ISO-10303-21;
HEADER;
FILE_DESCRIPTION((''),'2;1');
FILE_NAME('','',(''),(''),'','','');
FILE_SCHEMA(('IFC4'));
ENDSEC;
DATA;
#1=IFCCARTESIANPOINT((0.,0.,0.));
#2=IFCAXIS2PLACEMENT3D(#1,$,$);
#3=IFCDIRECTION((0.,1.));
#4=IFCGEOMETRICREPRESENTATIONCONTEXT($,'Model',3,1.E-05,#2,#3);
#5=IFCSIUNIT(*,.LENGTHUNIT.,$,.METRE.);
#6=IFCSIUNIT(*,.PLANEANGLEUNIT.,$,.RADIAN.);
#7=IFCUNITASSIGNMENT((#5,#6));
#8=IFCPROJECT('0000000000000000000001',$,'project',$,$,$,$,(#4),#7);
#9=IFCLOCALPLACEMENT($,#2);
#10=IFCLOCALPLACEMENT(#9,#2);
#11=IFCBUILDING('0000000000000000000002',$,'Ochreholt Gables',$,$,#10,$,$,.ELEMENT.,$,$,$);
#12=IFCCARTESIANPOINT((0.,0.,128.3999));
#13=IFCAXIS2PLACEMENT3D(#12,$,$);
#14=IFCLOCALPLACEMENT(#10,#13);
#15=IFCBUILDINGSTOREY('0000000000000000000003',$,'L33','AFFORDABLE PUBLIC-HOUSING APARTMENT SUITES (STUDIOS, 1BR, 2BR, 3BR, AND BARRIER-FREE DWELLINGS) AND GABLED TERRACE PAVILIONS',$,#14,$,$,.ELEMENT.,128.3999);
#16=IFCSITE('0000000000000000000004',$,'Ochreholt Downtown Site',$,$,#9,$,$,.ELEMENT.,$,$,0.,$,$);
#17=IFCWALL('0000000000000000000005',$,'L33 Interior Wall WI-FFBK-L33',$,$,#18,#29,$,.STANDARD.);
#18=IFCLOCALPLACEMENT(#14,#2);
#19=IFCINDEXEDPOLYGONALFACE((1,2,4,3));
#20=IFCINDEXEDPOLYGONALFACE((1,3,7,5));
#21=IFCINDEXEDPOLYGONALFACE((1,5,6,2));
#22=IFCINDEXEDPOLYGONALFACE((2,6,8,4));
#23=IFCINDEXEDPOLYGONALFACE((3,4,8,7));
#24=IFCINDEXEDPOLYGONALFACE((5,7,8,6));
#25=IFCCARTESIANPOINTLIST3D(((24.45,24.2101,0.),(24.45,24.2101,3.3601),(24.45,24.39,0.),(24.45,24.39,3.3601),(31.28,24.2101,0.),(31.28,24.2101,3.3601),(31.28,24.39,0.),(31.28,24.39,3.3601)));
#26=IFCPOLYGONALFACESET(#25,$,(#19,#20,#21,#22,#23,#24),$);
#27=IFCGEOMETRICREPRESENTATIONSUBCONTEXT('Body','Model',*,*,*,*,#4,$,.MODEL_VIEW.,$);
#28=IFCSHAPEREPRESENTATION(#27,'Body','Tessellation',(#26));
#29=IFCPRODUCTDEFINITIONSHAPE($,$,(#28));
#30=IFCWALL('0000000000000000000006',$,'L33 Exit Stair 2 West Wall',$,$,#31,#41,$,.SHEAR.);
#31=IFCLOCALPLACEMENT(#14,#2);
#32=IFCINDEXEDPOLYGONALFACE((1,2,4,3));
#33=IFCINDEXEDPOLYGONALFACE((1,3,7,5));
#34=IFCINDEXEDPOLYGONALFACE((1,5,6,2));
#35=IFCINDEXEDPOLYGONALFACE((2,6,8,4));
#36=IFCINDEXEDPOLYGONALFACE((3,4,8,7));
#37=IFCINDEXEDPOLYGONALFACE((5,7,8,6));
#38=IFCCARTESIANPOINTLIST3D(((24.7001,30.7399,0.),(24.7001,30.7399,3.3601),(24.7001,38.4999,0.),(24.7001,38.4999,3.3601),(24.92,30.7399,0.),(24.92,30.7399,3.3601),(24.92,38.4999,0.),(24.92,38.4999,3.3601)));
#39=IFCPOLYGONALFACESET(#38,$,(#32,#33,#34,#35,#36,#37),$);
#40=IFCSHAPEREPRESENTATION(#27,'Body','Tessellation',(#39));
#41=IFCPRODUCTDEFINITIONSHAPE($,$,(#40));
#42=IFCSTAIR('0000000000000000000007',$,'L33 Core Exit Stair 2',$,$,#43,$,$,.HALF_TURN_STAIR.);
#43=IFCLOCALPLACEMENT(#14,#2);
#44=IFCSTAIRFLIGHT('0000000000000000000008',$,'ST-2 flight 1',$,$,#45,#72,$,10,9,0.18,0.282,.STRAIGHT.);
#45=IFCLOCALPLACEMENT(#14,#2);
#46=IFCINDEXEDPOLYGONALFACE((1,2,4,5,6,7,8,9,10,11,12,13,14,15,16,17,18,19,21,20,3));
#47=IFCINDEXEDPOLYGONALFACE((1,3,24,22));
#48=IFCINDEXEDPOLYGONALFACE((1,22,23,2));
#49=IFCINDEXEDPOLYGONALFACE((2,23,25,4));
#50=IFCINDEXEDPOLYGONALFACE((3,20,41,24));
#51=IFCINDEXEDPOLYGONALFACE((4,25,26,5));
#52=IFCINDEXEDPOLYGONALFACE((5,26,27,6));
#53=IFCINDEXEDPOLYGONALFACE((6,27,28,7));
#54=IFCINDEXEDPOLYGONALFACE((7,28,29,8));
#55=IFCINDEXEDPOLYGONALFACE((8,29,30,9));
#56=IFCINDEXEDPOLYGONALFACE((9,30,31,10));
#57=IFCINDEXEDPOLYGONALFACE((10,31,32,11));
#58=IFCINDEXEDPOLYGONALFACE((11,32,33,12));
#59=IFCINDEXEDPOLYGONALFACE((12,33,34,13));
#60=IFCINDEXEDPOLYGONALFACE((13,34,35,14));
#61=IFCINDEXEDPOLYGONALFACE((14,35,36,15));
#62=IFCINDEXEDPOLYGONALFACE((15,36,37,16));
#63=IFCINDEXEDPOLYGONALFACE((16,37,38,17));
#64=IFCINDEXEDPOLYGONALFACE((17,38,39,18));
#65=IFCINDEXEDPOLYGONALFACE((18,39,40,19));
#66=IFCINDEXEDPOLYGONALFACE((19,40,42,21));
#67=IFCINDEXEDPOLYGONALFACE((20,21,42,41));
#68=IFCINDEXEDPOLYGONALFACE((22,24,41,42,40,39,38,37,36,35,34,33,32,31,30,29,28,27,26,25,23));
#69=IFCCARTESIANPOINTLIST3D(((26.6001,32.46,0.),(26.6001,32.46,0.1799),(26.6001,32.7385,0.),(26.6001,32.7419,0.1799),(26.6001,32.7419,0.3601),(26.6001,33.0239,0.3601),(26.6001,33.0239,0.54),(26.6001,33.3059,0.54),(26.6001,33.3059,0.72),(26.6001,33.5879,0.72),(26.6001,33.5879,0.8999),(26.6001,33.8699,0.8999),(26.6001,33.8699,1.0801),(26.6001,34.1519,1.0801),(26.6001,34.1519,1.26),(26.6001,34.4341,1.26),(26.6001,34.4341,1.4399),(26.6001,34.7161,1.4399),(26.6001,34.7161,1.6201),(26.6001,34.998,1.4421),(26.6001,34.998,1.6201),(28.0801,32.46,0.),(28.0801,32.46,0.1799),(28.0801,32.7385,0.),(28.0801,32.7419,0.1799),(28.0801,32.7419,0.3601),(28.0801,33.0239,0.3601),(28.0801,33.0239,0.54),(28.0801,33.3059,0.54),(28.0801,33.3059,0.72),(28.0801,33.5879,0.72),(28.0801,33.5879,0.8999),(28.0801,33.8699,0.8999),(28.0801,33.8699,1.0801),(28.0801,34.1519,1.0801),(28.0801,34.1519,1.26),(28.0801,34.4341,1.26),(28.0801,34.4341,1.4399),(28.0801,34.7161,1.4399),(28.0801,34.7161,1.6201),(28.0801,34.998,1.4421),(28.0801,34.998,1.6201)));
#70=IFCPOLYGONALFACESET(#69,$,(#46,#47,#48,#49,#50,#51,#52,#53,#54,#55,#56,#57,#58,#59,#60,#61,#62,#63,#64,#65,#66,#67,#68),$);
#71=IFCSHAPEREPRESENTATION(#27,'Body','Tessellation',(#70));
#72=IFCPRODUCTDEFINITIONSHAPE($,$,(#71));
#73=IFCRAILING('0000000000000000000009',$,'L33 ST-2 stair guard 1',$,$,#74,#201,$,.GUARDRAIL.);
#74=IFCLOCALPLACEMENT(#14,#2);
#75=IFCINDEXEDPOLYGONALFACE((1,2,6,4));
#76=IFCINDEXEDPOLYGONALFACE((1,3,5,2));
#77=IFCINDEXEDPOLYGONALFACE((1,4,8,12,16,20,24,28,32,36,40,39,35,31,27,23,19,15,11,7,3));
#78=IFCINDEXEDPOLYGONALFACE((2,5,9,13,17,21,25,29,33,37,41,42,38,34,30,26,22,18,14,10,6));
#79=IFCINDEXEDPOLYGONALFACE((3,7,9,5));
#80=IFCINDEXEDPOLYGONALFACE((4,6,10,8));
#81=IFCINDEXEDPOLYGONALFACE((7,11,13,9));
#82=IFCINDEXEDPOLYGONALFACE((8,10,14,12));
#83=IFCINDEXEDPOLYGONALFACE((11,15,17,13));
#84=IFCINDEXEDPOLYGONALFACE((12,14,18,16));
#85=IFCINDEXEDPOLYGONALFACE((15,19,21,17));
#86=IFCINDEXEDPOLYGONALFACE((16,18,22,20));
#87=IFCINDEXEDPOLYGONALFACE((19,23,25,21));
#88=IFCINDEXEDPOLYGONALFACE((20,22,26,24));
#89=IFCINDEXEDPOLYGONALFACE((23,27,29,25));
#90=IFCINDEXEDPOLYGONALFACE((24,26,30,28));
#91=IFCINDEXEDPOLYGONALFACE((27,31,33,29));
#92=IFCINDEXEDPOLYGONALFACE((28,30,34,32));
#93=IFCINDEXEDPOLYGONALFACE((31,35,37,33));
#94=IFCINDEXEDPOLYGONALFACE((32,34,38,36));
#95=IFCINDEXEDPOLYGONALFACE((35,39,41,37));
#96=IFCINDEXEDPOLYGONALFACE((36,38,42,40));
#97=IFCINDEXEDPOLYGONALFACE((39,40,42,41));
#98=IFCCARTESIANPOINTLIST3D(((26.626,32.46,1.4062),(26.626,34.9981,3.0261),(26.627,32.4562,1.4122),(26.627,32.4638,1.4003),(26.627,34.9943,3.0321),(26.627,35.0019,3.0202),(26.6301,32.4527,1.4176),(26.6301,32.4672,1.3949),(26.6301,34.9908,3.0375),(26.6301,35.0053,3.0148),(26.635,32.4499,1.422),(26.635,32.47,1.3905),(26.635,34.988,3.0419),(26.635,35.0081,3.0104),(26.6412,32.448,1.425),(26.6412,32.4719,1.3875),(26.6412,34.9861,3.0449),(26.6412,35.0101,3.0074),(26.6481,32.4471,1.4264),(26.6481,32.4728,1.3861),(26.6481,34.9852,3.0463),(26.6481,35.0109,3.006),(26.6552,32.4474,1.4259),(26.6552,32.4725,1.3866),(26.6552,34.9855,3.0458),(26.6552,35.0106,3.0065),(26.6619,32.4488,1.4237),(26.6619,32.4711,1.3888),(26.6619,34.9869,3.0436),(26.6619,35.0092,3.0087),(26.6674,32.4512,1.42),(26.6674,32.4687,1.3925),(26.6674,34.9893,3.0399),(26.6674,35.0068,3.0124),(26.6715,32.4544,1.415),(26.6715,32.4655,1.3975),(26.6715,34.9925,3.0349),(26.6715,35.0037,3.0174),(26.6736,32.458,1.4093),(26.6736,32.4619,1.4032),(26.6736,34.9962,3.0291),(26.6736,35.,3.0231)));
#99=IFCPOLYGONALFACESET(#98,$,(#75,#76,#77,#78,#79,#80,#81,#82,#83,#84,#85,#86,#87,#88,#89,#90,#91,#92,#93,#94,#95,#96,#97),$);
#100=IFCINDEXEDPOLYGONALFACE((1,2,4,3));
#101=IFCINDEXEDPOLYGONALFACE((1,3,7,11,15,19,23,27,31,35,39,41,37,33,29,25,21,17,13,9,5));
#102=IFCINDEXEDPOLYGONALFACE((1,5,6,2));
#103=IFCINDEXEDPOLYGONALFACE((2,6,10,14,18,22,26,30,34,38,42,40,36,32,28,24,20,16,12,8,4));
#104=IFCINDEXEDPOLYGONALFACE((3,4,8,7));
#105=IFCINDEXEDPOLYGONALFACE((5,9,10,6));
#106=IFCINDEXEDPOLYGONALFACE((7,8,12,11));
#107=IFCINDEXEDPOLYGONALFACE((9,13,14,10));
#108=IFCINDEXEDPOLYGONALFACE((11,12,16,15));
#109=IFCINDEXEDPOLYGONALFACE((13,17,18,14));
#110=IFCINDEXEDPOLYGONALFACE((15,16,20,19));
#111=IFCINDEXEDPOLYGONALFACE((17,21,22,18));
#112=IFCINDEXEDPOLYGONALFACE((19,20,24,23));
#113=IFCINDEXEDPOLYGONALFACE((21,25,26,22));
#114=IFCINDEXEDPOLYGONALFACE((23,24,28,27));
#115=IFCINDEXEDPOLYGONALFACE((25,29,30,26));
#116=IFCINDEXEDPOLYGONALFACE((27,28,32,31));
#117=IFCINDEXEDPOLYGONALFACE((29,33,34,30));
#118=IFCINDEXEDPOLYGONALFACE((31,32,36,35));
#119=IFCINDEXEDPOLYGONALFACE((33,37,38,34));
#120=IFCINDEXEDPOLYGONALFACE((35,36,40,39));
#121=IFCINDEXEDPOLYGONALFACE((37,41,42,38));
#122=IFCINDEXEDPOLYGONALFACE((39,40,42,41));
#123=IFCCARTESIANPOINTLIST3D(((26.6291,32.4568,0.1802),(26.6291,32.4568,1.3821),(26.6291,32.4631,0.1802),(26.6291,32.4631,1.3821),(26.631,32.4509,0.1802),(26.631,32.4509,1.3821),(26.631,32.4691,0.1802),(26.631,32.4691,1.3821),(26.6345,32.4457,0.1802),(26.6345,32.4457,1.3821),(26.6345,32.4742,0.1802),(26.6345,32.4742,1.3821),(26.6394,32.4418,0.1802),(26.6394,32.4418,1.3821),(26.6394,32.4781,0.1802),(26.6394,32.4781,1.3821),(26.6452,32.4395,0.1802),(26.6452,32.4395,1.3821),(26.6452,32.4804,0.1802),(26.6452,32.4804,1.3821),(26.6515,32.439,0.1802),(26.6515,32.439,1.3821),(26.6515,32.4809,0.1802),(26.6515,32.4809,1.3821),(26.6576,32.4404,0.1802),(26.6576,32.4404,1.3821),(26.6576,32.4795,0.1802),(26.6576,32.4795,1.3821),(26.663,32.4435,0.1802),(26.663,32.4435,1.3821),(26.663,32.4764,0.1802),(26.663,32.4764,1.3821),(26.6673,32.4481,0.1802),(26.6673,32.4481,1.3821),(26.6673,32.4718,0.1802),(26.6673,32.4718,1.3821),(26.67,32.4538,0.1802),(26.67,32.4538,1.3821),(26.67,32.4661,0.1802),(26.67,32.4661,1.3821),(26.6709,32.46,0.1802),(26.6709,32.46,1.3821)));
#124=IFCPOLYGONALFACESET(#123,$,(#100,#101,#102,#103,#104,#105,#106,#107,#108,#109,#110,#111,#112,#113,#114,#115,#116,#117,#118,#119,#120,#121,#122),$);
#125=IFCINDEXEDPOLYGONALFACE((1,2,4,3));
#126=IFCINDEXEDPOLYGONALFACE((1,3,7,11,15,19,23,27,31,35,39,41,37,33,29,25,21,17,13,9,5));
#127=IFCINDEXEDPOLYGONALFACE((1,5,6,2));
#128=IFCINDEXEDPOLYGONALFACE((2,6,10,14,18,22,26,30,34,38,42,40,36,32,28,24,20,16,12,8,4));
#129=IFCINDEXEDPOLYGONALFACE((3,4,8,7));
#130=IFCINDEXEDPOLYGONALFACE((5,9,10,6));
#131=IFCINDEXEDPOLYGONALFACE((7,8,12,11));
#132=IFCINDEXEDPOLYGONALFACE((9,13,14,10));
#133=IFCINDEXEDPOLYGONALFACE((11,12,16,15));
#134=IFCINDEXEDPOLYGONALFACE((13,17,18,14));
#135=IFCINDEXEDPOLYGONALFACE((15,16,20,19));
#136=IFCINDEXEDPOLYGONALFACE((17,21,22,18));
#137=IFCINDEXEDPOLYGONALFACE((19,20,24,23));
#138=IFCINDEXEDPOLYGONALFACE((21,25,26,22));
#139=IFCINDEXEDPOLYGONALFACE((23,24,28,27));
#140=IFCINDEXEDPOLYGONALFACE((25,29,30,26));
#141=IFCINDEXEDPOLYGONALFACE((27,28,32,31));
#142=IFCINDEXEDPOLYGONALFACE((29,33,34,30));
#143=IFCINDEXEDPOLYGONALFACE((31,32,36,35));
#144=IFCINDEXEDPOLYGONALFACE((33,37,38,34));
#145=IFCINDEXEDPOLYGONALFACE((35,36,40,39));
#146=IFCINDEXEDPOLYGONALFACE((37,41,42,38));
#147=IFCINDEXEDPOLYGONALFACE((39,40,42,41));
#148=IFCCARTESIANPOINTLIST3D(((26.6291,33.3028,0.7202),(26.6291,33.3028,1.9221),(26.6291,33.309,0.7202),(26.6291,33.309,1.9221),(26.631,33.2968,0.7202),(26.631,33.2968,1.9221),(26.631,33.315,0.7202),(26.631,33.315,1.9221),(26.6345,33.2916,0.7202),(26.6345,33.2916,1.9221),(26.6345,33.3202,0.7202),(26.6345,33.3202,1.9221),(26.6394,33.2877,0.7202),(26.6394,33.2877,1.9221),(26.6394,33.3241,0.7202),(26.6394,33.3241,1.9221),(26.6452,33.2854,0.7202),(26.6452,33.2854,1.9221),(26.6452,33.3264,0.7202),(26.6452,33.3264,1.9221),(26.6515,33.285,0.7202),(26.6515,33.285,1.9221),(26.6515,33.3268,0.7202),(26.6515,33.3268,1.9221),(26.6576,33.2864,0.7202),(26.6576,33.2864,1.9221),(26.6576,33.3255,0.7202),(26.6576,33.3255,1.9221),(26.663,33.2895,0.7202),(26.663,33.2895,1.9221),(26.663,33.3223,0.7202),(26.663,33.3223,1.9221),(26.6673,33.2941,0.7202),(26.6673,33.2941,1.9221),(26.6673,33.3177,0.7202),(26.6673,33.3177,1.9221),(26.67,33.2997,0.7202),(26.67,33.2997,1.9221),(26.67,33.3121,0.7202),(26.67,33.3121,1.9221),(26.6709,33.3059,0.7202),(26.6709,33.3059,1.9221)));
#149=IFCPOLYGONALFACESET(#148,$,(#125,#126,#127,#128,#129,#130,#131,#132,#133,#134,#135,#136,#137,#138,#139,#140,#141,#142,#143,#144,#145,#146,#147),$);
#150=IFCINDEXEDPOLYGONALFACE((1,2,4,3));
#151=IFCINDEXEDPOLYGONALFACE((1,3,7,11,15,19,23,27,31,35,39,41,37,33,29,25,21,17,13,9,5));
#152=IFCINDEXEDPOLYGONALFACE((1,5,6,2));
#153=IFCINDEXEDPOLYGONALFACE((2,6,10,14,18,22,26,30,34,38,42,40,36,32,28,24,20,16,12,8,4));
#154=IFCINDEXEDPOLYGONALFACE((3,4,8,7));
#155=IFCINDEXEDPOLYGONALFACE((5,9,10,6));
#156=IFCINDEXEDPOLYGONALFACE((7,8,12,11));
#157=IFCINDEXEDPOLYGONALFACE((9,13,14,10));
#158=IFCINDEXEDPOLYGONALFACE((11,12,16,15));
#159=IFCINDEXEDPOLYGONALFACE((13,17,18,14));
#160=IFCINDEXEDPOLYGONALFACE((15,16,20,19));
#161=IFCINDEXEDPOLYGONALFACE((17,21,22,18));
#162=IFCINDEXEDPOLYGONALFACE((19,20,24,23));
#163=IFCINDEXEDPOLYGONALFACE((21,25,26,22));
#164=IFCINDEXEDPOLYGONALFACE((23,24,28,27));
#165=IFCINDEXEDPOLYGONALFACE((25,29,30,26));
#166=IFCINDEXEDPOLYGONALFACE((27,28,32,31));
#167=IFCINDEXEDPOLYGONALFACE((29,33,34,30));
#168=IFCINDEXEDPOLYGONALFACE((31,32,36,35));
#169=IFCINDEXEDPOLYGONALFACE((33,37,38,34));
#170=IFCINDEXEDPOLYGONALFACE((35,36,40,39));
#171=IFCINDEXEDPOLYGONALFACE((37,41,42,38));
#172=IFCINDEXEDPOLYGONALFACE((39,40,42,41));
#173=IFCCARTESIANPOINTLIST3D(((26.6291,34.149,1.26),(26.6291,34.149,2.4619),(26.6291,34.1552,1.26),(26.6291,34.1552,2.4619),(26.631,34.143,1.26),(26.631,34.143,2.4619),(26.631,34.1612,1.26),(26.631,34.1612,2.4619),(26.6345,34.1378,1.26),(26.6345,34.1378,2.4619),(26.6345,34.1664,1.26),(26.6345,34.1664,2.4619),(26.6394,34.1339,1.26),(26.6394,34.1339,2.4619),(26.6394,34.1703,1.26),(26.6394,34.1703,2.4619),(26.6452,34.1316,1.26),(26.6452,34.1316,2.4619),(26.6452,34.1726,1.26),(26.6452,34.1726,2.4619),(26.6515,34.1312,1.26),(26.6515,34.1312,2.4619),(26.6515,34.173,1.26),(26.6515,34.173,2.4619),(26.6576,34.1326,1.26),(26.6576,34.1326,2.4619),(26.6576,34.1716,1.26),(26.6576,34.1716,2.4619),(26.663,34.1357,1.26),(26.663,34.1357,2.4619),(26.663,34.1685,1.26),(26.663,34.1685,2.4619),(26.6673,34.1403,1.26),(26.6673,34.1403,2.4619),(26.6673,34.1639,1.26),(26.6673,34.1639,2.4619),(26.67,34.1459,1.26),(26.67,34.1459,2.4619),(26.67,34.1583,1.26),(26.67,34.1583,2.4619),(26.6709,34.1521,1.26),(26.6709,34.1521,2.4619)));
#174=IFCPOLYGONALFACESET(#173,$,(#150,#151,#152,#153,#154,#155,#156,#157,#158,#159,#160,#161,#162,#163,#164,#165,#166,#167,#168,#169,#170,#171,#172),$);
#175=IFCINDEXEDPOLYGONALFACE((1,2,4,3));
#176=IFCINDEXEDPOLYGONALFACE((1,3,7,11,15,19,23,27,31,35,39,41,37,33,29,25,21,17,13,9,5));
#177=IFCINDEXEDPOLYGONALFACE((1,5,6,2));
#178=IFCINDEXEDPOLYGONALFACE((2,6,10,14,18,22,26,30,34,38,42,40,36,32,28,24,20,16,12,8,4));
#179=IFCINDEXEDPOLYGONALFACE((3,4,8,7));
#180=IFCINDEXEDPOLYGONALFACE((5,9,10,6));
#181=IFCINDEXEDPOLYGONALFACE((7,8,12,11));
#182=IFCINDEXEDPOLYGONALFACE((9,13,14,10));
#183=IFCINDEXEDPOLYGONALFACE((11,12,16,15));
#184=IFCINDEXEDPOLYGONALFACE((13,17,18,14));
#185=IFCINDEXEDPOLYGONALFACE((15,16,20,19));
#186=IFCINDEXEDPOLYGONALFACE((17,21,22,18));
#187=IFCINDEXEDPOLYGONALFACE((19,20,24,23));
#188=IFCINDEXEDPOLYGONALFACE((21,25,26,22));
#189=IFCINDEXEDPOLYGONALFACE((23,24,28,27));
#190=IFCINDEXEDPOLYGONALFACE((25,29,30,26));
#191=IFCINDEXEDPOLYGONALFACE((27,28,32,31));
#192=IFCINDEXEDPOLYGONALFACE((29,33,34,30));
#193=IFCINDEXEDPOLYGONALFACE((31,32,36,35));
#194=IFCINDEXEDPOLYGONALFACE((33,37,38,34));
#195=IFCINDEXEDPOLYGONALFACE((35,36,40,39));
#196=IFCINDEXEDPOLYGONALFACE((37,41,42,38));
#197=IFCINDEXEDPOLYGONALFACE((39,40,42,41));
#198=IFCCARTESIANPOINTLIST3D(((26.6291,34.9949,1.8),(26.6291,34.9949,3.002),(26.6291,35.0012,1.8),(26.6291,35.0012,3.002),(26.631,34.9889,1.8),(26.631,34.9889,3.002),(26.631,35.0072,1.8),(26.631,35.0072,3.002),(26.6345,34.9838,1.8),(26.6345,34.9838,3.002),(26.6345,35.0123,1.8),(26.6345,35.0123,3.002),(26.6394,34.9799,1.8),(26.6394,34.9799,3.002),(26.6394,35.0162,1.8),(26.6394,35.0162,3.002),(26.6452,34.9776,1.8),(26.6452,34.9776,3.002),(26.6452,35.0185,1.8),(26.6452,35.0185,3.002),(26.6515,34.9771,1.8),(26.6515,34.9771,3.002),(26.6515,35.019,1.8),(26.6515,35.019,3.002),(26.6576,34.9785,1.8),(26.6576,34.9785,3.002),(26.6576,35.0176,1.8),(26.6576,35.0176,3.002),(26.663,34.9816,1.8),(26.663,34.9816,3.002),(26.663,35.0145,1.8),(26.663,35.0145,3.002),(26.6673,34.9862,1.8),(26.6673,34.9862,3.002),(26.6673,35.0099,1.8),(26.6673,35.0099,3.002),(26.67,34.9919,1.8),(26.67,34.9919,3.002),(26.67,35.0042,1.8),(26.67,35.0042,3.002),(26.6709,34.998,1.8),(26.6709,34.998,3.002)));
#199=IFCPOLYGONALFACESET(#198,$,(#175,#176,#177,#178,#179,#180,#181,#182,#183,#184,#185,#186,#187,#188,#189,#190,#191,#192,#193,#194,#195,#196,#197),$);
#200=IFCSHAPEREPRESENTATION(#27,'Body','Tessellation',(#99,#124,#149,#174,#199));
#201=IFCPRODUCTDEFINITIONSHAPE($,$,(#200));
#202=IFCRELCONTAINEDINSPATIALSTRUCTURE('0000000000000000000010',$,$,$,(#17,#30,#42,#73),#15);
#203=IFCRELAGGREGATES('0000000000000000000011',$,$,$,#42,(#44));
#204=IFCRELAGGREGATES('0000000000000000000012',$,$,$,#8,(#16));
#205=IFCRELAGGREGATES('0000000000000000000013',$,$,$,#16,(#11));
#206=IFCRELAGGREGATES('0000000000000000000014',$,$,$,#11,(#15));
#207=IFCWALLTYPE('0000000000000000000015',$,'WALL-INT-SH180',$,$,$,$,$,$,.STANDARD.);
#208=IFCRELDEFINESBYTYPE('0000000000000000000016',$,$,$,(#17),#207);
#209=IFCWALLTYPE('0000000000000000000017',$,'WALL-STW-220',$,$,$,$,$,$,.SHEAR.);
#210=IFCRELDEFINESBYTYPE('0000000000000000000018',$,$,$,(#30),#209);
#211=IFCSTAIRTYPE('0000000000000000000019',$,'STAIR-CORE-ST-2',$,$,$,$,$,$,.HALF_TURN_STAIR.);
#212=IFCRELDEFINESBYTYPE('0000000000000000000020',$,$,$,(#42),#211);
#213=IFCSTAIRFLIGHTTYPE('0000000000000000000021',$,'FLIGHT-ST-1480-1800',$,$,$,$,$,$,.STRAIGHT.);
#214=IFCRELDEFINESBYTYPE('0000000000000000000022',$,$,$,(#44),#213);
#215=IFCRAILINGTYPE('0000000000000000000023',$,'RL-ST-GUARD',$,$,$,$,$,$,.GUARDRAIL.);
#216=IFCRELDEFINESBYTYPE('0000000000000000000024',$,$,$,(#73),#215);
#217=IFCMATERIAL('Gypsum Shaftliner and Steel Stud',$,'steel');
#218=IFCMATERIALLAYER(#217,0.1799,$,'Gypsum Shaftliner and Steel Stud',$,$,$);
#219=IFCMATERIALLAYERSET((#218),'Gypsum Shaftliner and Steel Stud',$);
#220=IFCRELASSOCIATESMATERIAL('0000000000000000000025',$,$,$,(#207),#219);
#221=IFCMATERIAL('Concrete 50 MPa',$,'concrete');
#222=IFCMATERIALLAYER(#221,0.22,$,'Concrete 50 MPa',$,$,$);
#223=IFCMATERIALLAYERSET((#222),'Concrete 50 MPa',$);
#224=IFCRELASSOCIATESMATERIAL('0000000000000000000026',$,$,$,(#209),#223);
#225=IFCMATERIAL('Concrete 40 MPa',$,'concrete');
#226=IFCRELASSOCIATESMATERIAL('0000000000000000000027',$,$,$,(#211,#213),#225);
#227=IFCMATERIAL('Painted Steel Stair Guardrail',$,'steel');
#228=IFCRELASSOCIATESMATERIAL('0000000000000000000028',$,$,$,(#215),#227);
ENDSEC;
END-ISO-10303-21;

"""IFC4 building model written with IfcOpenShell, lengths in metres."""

from ifc_helpers import new_model, si_unit, direction, frame, frame_2d, origin, origin_2d, place, context, subcontext, project, spatial, polyline, rectangle, circle, outline, extrude, material, layer, layer_set, type_object, element, aggregate, save


model = new_model("IFC4")

# Units and contexts
model_context = context("Model", 3, precision=1e-05, world=origin(), true_north=direction((0.0, 1.0)))
body_context = subcontext(model_context, "Body", "Model", "MODEL_VIEW")
ifc_project = project(units=[si_unit("LENGTHUNIT", "METRE"), si_unit("PLANEANGLEUNIT", "RADIAN")], contexts=[model_context])

# Site, building, storey
site_placement = place(None, origin())
site = spatial("IfcSite", under=ifc_project, at=site_placement, Name="Ochreholt Downtown Site", CompositionType="ELEMENT", RefElevation=0.0)
building_placement = place(site_placement, origin())
building = spatial("IfcBuilding", under=site, at=building_placement, Name="Ochreholt Gables", CompositionType="ELEMENT")
storey_placement = place(building_placement, frame((0.0, 0.0, 128.3999)))
storey = spatial("IfcBuildingStorey", under=building, at=storey_placement, Name="L33", Description="AFFORDABLE PUBLIC-HOUSING APARTMENT SUITES (STUDIOS, 1BR, 2BR, 3BR, AND BARRIER-FREE DWELLINGS) AND GABLED TERRACE PAVILIONS", CompositionType="ELEMENT", Elevation=128.3999)

# Shared definitions
ifc_material_1 = material(Name="Concrete 40 MPa", Category="concrete")

# Walls
ifc_material_2 = material(Name="Gypsum Shaftliner and Steel Stud", Category="steel")
ifc_layer_1 = layer(ifc_material_2, 0.1799, Name="Gypsum Shaftliner and Steel Stud")
ifc_layer_set_1 = layer_set([ifc_layer_1], Name="Gypsum Shaftliner and Steel Stud")
wall_type_1 = type_object("IfcWallType", Name="WALL-INT-SH180", PredefinedType="STANDARD", material=ifc_layer_set_1)
wall_1_placement = place(storey_placement, frame((24.45, 24.3, 0.0), z_axis=(0.0, 0.0, 1.0), x_axis=(1.0, 0.0, 0.0)))
element("IfcWall", 1, at=wall_1_placement, inside=storey, type_object=wall_type_1, Name="L33 Interior Wall WI-FFBK-L33", PredefinedType="STANDARD", context=body_context, shape_type="SweptSolid", body=[
    extrude(rectangle(XDim=6.8301, YDim=0.1799, at=frame_2d((3.415, 0.0))), origin(), (0.0, 0.0, 1.0), 3.3601),
])
ifc_material_3 = material(Name="Concrete 50 MPa", Category="concrete")
ifc_layer_2 = layer(ifc_material_3, 0.22, Name="Concrete 50 MPa")
ifc_layer_set_2 = layer_set([ifc_layer_2], Name="Concrete 50 MPa")
wall_type_2 = type_object("IfcWallType", Name="WALL-STW-220", PredefinedType="SHEAR", material=ifc_layer_set_2)
wall_2_placement = place(storey_placement, frame((24.8101, 30.74, 0.0), z_axis=(0.0, 0.0, 1.0), x_axis=(0.0, 1.0, 0.0)))
element("IfcWall", 2, at=wall_2_placement, inside=storey, type_object=wall_type_2, Name="L33 Exit Stair 2 West Wall", PredefinedType="SHEAR", context=body_context, shape_type="SweptSolid", body=[
    extrude(rectangle(XDim=7.76, YDim=0.22, at=frame_2d((3.8799, 0.0))), origin(), (0.0, 0.0, 1.0), 3.3601),
])

# Stair, stair flight
stair_type = type_object("IfcStairType", Name="STAIR-CORE-ST-2", PredefinedType="HALF_TURN_STAIR", material=ifc_material_1)
stair_placement = place(storey_placement, origin())
stair = element("IfcStair", 3, at=stair_placement, inside=storey, type_object=stair_type, Name="L33 Core Exit Stair 2", PredefinedType="HALF_TURN_STAIR")
stair_flight_type = type_object("IfcStairFlightType", Name="FLIGHT-ST-1480-1800", PredefinedType="STRAIGHT", material=ifc_material_1)
stair_flight_placement = place(storey_placement, frame((27.3401, 32.46, 0.0), z_axis=(0.0, 0.0, 1.0), x_axis=(0.0, 1.0, 0.0)))
stair_flight = element("IfcStairFlight", 4, at=stair_flight_placement, type_object=stair_flight_type, Name="ST-2 flight 1", NumberOfRisers=10, NumberOfTreads=9, PredefinedType="STRAIGHT", RiserHeight=0.18, TreadLength=0.282, context=body_context, shape_type="SweptSolid", body=[
    extrude(outline(polyline([(0.0, 0.0), (0.0, 0.1799), (0.282, 0.1799), (0.282, 0.3601), (0.564, 0.3601), (0.564, 0.54), (0.8459, 0.54), (0.8459, 0.72), (1.1279, 0.72), (1.1279, 0.8999), (1.4099, 0.8999), (1.4099, 1.0801), (1.6919, 1.0801), (1.6919, 1.26), (1.9741, 1.26), (1.9741, 1.4399), (2.2561, 1.4399), (2.2561, 1.6201), (2.5381, 1.6201), (2.5381, 1.8), (2.5381, 1.4421), (0.2786, 0.0), (0.0, 0.0)])), frame((0.0, 0.74, 0.0), z_axis=(0.0, -1.0, 0.0), x_axis=(1.0, 0.0, 0.0)), (0.0, 0.0, 1.0), 1.48),
])
aggregate(stair, [stair_flight])

# Railing
ifc_material_4 = material(Name="Painted Steel Stair Guardrail", Category="steel")
railing_type = type_object("IfcRailingType", Name="RL-ST-GUARD", PredefinedType="GUARDRAIL", material=ifc_material_4)
railing_1_placement = place(storey_placement, frame((26.6499, 32.46, 0.1802)))
element("IfcRailing", 5, at=railing_1_placement, inside=storey, type_object=railing_type, Name="L33 ST-2 stair guard 1", PredefinedType="GUARDRAIL", context=body_context, shape_type="SweptSolid", body=[
    extrude(circle(Radius=0.0239, at=origin_2d()), frame((0.0, 0.0, 1.2261), z_axis=(0.0, 0.84295, 0.537993), x_axis=(-1.0, 0.0, 0.0)), (0.0, 0.0, 1.0), 3.011),
    extrude(circle(Radius=0.021, at=origin_2d()), origin(), (0.0, 0.0, 1.0), 1.2019),
    extrude(circle(Radius=0.021, at=origin_2d()), frame((0.0, 0.8459, 0.54)), (0.0, 0.0, 1.0), 1.2019),
    extrude(circle(Radius=0.021, at=origin_2d()), frame((0.0, 1.6921, 1.0798)), (0.0, 0.0, 1.0), 1.2019),
    extrude(circle(Radius=0.021, at=origin_2d()), frame((0.0, 2.5381, 1.6199)), (0.0, 0.0, 1.0), 1.2019),
])

save(model, "model.ifc")
